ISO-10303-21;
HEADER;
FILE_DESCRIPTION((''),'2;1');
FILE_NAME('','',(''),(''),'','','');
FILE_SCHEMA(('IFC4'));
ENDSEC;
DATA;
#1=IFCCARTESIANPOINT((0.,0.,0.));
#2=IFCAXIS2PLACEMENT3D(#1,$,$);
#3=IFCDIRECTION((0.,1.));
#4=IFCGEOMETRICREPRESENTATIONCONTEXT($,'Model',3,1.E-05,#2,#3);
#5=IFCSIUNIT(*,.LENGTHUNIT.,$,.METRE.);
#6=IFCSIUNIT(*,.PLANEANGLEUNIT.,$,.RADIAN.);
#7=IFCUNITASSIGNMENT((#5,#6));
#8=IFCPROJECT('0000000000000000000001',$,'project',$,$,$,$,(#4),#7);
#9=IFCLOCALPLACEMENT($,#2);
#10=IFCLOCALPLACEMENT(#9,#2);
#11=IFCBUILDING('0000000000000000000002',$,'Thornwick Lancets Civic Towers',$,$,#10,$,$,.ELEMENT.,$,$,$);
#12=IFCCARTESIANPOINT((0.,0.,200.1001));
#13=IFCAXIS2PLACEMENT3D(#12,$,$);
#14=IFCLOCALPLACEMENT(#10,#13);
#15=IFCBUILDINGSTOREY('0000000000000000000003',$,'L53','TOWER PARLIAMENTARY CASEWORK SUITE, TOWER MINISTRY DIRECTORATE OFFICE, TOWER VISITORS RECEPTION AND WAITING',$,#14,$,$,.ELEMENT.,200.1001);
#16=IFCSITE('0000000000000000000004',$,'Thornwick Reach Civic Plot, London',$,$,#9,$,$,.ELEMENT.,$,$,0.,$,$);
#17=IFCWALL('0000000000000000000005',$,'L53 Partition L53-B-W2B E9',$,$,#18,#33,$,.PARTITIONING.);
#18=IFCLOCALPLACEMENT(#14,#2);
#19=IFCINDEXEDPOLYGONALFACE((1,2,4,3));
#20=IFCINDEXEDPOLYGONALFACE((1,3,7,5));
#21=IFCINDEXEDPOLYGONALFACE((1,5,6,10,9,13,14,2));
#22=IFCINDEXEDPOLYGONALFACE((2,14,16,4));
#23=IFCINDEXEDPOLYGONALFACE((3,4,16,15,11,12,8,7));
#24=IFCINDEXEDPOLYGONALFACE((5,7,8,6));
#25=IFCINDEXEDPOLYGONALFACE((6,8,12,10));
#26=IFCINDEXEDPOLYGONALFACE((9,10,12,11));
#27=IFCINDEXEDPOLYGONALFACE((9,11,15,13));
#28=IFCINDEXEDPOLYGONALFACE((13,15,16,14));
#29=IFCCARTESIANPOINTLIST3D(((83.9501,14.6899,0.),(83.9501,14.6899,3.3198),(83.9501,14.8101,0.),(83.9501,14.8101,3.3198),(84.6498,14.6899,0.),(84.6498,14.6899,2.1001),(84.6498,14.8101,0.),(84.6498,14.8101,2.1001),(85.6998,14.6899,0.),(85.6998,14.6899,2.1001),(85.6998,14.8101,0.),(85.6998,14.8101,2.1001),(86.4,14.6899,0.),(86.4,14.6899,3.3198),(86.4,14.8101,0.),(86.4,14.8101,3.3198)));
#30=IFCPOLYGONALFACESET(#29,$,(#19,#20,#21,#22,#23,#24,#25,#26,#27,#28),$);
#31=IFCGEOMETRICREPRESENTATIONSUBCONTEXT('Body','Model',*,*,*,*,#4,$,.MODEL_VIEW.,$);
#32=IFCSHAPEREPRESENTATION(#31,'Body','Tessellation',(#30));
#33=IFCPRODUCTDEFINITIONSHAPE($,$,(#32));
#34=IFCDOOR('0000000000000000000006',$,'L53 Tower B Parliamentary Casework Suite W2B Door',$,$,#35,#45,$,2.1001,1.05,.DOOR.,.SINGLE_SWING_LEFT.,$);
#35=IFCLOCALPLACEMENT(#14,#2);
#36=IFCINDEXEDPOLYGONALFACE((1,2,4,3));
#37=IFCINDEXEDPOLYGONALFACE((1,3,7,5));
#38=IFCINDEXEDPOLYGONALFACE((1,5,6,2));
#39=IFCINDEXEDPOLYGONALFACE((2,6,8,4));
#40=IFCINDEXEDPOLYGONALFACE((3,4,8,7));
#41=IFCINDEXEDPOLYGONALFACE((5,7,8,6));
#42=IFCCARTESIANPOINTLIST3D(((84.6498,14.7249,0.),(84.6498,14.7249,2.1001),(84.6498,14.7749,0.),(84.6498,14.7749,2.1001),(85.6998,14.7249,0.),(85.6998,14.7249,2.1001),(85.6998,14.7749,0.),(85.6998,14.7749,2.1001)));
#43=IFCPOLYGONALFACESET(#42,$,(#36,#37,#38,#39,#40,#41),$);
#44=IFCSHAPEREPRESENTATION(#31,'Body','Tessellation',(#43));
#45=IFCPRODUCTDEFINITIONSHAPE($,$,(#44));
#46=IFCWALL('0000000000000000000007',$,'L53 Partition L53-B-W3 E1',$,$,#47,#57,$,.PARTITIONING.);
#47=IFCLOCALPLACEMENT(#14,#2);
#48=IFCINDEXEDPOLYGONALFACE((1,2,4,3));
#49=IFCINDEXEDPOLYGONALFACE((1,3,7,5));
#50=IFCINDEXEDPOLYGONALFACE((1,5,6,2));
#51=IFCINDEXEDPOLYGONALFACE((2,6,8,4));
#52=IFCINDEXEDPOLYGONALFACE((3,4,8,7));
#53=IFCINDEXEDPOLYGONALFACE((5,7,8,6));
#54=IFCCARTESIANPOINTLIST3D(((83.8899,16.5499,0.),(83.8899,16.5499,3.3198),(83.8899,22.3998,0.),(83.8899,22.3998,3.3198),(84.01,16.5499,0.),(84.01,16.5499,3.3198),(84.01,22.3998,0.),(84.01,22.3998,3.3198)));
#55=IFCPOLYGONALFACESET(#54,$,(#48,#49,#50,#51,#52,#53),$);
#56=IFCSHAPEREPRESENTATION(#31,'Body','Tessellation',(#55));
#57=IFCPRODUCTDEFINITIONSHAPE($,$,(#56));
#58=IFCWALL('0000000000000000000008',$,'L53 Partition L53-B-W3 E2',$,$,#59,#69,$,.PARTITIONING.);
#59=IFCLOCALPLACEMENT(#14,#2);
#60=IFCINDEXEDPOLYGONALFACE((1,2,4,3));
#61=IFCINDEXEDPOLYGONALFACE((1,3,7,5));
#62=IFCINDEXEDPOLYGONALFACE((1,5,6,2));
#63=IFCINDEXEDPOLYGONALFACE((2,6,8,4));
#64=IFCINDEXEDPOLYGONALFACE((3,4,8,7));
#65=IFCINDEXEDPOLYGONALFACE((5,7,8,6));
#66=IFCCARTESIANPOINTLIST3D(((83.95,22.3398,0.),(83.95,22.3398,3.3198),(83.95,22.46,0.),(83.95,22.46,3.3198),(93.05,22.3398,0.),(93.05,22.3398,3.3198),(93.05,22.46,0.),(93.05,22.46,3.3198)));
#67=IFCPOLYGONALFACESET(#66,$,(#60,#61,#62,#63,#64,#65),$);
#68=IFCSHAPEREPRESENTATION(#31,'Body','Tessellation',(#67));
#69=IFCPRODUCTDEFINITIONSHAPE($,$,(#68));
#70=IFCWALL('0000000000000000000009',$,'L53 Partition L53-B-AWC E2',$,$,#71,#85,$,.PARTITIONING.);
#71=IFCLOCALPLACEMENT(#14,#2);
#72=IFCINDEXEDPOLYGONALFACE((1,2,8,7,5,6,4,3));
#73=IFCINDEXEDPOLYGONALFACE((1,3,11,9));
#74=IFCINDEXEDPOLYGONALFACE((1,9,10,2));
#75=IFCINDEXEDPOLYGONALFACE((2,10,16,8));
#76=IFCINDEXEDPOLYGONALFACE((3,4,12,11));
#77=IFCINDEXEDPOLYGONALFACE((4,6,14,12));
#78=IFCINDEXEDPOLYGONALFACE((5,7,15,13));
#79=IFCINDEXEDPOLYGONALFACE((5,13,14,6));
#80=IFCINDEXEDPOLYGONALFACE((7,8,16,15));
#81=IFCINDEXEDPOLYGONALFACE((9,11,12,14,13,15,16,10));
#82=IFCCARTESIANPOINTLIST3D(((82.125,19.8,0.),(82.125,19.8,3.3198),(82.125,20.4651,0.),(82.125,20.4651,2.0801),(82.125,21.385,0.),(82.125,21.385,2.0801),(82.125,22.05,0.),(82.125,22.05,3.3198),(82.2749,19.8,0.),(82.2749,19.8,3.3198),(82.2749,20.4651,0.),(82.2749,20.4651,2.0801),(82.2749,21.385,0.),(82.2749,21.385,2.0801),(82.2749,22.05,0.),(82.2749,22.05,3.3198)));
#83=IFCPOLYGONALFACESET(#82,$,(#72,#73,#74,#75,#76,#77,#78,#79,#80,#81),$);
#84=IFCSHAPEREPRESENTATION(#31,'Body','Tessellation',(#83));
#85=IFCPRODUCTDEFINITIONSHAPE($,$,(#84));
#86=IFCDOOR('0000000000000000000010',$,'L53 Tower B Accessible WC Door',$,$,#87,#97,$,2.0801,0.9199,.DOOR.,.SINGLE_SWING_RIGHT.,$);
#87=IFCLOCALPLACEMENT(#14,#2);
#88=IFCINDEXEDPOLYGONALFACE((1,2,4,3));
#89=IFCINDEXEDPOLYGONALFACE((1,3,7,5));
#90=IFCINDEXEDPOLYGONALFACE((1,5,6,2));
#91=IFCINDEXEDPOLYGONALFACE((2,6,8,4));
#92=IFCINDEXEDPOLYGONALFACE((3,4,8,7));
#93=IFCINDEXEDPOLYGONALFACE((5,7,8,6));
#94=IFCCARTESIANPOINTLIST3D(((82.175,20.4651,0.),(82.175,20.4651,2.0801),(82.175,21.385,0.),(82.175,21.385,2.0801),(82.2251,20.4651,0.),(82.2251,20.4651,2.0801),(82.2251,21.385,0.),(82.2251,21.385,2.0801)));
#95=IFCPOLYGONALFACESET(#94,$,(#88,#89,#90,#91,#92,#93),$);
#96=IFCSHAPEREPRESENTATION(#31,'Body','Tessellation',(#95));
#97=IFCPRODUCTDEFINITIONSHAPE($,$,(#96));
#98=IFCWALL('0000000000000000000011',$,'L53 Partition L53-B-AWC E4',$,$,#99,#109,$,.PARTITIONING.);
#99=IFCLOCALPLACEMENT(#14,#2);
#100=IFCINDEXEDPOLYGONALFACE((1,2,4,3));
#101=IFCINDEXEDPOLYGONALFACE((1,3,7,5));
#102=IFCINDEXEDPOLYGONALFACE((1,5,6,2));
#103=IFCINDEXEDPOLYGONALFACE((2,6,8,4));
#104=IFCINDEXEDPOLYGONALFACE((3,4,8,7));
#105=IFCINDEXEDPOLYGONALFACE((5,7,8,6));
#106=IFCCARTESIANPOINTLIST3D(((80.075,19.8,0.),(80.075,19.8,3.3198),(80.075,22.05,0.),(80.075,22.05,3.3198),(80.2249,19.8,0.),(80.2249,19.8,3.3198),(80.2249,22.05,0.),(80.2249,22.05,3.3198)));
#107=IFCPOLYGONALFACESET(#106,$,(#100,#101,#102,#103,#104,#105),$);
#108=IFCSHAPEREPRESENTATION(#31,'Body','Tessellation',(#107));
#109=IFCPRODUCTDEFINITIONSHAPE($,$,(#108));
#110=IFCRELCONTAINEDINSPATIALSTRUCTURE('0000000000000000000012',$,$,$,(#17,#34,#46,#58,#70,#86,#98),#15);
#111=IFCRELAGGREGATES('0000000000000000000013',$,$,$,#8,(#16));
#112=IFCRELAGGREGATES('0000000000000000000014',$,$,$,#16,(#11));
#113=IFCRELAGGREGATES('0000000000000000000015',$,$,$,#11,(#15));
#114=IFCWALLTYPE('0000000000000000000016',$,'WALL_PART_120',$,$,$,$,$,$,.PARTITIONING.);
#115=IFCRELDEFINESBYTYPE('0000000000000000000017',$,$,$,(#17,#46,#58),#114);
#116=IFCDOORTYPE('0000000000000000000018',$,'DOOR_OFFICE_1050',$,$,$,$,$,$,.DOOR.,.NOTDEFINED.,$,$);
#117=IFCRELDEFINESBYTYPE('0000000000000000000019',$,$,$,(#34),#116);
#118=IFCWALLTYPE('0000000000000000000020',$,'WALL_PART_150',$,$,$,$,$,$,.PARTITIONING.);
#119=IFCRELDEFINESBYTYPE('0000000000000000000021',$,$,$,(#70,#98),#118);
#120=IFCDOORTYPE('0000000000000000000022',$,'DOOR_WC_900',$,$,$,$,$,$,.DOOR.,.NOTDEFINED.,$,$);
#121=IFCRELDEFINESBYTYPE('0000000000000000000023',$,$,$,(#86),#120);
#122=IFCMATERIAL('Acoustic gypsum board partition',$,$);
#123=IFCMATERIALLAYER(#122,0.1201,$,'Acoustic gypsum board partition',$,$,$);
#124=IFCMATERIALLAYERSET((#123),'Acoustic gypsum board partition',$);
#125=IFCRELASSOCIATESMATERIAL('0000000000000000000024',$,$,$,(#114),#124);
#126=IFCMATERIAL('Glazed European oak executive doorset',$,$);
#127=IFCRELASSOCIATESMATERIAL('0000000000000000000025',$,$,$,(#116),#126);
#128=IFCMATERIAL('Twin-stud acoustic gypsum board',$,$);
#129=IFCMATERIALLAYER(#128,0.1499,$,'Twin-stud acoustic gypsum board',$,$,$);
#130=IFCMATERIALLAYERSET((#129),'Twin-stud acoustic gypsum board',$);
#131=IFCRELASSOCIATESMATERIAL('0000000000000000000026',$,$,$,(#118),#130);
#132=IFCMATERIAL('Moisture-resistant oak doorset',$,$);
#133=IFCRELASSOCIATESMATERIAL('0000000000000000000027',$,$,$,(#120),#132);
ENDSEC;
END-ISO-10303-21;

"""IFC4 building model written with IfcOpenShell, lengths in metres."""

from ifc_helpers import new_model, si_unit, direction, frame, frame_2d, origin, place, context, subcontext, project, spatial, rectangle, extrude, material, layer, layer_set, type_object, element, fill, save


model = new_model("IFC4")

# Units and contexts
model_context = context("Model", 3, precision=1e-05, world=origin(), true_north=direction((0.0, 1.0)))
body_context = subcontext(model_context, "Body", "Model", "MODEL_VIEW")
ifc_project = project(units=[si_unit("LENGTHUNIT", "METRE"), si_unit("PLANEANGLEUNIT", "RADIAN")], contexts=[model_context])

# Site, building, storey
site_placement = place(None, origin())
site = spatial("IfcSite", under=ifc_project, at=site_placement, Name="Thornwick Reach Civic Plot, London", CompositionType="ELEMENT", RefElevation=0.0)
building_placement = place(site_placement, origin())
building = spatial("IfcBuilding", under=site, at=building_placement, Name="Thornwick Lancets Civic Towers", CompositionType="ELEMENT")
storey_placement = place(building_placement, frame((0.0, 0.0, 200.1001)))
storey = spatial("IfcBuildingStorey", under=building, at=storey_placement, Name="L53", Description="TOWER PARLIAMENTARY CASEWORK SUITE, TOWER MINISTRY DIRECTORATE OFFICE, TOWER VISITORS RECEPTION AND WAITING", CompositionType="ELEMENT", Elevation=200.1001)

# Shared definitions
ifc_material_1 = material(Name="Acoustic gypsum board partition")
ifc_layer_1 = layer(ifc_material_1, 0.1201, Name="Acoustic gypsum board partition")
ifc_layer_set_1 = layer_set([ifc_layer_1], Name="Acoustic gypsum board partition")
wall_type_1 = type_object("IfcWallType", Name="WALL_PART_120", PredefinedType="PARTITIONING", material=ifc_layer_set_1)

# Wall, opening, door
wall_1_placement = place(storey_placement, frame((83.95, 14.75, 0.0), z_axis=(0.0, 0.0, 1.0), x_axis=(1.0, 0.0, 0.0)))
wall_1 = element("IfcWall", 1, at=wall_1_placement, inside=storey, type_object=wall_type_1, Name="L53 Partition L53-B-W2B E9", PredefinedType="PARTITIONING", context=body_context, shape_type="SweptSolid", body=[
    extrude(rectangle(XDim=2.45, YDim=0.1201, at=frame_2d((1.2251, 0.0))), origin(), (0.0, 0.0, 1.0), 3.3198),
])
opening_1_placement = place(wall_1_placement, frame((0.7, 0.0, 0.0)))
opening_1 = element("IfcOpeningElement", 2, at=opening_1_placement, cuts=wall_1, PredefinedType="OPENING", context=body_context, shape_type="SweptSolid", body=[
    extrude(rectangle(XDim=1.05, YDim=2.1001, at=frame_2d((0.5249, 1.05))), frame((0.0, 0.0701, 0.0), z_axis=(0.0, -1.0, 0.0), x_axis=(1.0, 0.0, 0.0)), (0.0, 0.0, 1.0), 0.1401),
])
ifc_material_2 = material(Name="Glazed European oak executive doorset")
door_type_1 = type_object("IfcDoorType", Name="DOOR_OFFICE_1050", OperationType="NOTDEFINED", PredefinedType="DOOR", material=ifc_material_2)
door_1_placement = place(opening_1_placement, origin())
door_1 = element("IfcDoor", 3, at=door_1_placement, inside=storey, type_object=door_type_1, Name="L53 Tower B Parliamentary Casework Suite W2B Door", OperationType="SINGLE_SWING_LEFT", OverallHeight=2.1001, OverallWidth=1.05, PredefinedType="DOOR", context=body_context, shape_type="SweptSolid", body=[
    extrude(rectangle(XDim=1.05, YDim=2.1001, at=frame_2d((0.5249, 1.05))), frame((0.0, 0.0249, 0.0), z_axis=(0.0, -1.0, 0.0), x_axis=(1.0, 0.0, 0.0)), (0.0, 0.0, 1.0), 0.05),
])
fill(opening_1, door_1)

# Walls
wall_2_placement = place(storey_placement, frame((83.95, 16.55, 0.0), z_axis=(0.0, 0.0, 1.0), x_axis=(0.0, 1.0, 0.0)))
element("IfcWall", 4, at=wall_2_placement, inside=storey, type_object=wall_type_1, Name="L53 Partition L53-B-W3 E1", PredefinedType="PARTITIONING", context=body_context, shape_type="SweptSolid", body=[
    extrude(rectangle(XDim=5.8499, YDim=0.1201, at=frame_2d((2.9248, 0.0))), origin(), (0.0, 0.0, 1.0), 3.3198),
])
wall_3_placement = place(storey_placement, frame((83.95, 22.3999, 0.0), z_axis=(0.0, 0.0, 1.0), x_axis=(1.0, 0.0, 0.0)))
element("IfcWall", 5, at=wall_3_placement, inside=storey, type_object=wall_type_1, Name="L53 Partition L53-B-W3 E2", PredefinedType="PARTITIONING", context=body_context, shape_type="SweptSolid", body=[
    extrude(rectangle(XDim=9.1001, YDim=0.1201, at=frame_2d((4.55, 0.0))), origin(), (0.0, 0.0, 1.0), 3.3198),
])

# Wall, opening, door
ifc_material_3 = material(Name="Twin-stud acoustic gypsum board")
ifc_layer_2 = layer(ifc_material_3, 0.1499, Name="Twin-stud acoustic gypsum board")
ifc_layer_set_2 = layer_set([ifc_layer_2], Name="Twin-stud acoustic gypsum board")
wall_type_2 = type_object("IfcWallType", Name="WALL_PART_150", PredefinedType="PARTITIONING", material=ifc_layer_set_2)
wall_4_placement = place(storey_placement, frame((82.2, 19.8, 0.0), z_axis=(0.0, 0.0, 1.0), x_axis=(0.0, 1.0, 0.0)))
wall_4 = element("IfcWall", 6, at=wall_4_placement, inside=storey, type_object=wall_type_2, Name="L53 Partition L53-B-AWC E2", PredefinedType="PARTITIONING", context=body_context, shape_type="SweptSolid", body=[
    extrude(rectangle(XDim=2.25, YDim=0.1499, at=frame_2d((1.125, 0.0))), origin(), (0.0, 0.0, 1.0), 3.3198),
])
opening_2_placement = place(wall_4_placement, frame((0.665, 0.0, 0.0)))
opening_2 = element("IfcOpeningElement", 7, at=opening_2_placement, cuts=wall_4, PredefinedType="OPENING", context=body_context, shape_type="SweptSolid", body=[
    extrude(rectangle(XDim=0.9199, YDim=2.0801, at=frame_2d((0.46, 1.04))), frame((0.0, 0.085, 0.0), z_axis=(0.0, -1.0, 0.0), x_axis=(1.0, 0.0, 0.0)), (0.0, 0.0, 1.0), 0.1699),
])
ifc_material_4 = material(Name="Moisture-resistant oak doorset")
door_type_2 = type_object("IfcDoorType", Name="DOOR_WC_900", OperationType="NOTDEFINED", PredefinedType="DOOR", material=ifc_material_4)
door_2_placement = place(opening_2_placement, origin())
door_2 = element("IfcDoor", 8, at=door_2_placement, inside=storey, type_object=door_type_2, Name="L53 Tower B Accessible WC Door", OperationType="SINGLE_SWING_RIGHT", OverallHeight=2.0801, OverallWidth=0.9199, PredefinedType="DOOR", context=body_context, shape_type="SweptSolid", body=[
    extrude(rectangle(XDim=0.9199, YDim=2.0801, at=frame_2d((0.46, 1.04))), frame((0.0, 0.0249, 0.0), z_axis=(0.0, -1.0, 0.0), x_axis=(1.0, 0.0, 0.0)), (0.0, 0.0, 1.0), 0.05),
])
fill(opening_2, door_2)

# Wall
wall_5_placement = place(storey_placement, frame((80.1499, 22.05, 0.0), z_axis=(0.0, 0.0, 1.0), x_axis=(0.0, -1.0, 0.0)))
element("IfcWall", 9, at=wall_5_placement, inside=storey, type_object=wall_type_2, Name="L53 Partition L53-B-AWC E4", PredefinedType="PARTITIONING", context=body_context, shape_type="SweptSolid", body=[
    extrude(rectangle(XDim=2.25, YDim=0.1499, at=frame_2d((1.125, 0.0))), origin(), (0.0, 0.0, 1.0), 3.3198),
])

save(model, "model.ifc")
